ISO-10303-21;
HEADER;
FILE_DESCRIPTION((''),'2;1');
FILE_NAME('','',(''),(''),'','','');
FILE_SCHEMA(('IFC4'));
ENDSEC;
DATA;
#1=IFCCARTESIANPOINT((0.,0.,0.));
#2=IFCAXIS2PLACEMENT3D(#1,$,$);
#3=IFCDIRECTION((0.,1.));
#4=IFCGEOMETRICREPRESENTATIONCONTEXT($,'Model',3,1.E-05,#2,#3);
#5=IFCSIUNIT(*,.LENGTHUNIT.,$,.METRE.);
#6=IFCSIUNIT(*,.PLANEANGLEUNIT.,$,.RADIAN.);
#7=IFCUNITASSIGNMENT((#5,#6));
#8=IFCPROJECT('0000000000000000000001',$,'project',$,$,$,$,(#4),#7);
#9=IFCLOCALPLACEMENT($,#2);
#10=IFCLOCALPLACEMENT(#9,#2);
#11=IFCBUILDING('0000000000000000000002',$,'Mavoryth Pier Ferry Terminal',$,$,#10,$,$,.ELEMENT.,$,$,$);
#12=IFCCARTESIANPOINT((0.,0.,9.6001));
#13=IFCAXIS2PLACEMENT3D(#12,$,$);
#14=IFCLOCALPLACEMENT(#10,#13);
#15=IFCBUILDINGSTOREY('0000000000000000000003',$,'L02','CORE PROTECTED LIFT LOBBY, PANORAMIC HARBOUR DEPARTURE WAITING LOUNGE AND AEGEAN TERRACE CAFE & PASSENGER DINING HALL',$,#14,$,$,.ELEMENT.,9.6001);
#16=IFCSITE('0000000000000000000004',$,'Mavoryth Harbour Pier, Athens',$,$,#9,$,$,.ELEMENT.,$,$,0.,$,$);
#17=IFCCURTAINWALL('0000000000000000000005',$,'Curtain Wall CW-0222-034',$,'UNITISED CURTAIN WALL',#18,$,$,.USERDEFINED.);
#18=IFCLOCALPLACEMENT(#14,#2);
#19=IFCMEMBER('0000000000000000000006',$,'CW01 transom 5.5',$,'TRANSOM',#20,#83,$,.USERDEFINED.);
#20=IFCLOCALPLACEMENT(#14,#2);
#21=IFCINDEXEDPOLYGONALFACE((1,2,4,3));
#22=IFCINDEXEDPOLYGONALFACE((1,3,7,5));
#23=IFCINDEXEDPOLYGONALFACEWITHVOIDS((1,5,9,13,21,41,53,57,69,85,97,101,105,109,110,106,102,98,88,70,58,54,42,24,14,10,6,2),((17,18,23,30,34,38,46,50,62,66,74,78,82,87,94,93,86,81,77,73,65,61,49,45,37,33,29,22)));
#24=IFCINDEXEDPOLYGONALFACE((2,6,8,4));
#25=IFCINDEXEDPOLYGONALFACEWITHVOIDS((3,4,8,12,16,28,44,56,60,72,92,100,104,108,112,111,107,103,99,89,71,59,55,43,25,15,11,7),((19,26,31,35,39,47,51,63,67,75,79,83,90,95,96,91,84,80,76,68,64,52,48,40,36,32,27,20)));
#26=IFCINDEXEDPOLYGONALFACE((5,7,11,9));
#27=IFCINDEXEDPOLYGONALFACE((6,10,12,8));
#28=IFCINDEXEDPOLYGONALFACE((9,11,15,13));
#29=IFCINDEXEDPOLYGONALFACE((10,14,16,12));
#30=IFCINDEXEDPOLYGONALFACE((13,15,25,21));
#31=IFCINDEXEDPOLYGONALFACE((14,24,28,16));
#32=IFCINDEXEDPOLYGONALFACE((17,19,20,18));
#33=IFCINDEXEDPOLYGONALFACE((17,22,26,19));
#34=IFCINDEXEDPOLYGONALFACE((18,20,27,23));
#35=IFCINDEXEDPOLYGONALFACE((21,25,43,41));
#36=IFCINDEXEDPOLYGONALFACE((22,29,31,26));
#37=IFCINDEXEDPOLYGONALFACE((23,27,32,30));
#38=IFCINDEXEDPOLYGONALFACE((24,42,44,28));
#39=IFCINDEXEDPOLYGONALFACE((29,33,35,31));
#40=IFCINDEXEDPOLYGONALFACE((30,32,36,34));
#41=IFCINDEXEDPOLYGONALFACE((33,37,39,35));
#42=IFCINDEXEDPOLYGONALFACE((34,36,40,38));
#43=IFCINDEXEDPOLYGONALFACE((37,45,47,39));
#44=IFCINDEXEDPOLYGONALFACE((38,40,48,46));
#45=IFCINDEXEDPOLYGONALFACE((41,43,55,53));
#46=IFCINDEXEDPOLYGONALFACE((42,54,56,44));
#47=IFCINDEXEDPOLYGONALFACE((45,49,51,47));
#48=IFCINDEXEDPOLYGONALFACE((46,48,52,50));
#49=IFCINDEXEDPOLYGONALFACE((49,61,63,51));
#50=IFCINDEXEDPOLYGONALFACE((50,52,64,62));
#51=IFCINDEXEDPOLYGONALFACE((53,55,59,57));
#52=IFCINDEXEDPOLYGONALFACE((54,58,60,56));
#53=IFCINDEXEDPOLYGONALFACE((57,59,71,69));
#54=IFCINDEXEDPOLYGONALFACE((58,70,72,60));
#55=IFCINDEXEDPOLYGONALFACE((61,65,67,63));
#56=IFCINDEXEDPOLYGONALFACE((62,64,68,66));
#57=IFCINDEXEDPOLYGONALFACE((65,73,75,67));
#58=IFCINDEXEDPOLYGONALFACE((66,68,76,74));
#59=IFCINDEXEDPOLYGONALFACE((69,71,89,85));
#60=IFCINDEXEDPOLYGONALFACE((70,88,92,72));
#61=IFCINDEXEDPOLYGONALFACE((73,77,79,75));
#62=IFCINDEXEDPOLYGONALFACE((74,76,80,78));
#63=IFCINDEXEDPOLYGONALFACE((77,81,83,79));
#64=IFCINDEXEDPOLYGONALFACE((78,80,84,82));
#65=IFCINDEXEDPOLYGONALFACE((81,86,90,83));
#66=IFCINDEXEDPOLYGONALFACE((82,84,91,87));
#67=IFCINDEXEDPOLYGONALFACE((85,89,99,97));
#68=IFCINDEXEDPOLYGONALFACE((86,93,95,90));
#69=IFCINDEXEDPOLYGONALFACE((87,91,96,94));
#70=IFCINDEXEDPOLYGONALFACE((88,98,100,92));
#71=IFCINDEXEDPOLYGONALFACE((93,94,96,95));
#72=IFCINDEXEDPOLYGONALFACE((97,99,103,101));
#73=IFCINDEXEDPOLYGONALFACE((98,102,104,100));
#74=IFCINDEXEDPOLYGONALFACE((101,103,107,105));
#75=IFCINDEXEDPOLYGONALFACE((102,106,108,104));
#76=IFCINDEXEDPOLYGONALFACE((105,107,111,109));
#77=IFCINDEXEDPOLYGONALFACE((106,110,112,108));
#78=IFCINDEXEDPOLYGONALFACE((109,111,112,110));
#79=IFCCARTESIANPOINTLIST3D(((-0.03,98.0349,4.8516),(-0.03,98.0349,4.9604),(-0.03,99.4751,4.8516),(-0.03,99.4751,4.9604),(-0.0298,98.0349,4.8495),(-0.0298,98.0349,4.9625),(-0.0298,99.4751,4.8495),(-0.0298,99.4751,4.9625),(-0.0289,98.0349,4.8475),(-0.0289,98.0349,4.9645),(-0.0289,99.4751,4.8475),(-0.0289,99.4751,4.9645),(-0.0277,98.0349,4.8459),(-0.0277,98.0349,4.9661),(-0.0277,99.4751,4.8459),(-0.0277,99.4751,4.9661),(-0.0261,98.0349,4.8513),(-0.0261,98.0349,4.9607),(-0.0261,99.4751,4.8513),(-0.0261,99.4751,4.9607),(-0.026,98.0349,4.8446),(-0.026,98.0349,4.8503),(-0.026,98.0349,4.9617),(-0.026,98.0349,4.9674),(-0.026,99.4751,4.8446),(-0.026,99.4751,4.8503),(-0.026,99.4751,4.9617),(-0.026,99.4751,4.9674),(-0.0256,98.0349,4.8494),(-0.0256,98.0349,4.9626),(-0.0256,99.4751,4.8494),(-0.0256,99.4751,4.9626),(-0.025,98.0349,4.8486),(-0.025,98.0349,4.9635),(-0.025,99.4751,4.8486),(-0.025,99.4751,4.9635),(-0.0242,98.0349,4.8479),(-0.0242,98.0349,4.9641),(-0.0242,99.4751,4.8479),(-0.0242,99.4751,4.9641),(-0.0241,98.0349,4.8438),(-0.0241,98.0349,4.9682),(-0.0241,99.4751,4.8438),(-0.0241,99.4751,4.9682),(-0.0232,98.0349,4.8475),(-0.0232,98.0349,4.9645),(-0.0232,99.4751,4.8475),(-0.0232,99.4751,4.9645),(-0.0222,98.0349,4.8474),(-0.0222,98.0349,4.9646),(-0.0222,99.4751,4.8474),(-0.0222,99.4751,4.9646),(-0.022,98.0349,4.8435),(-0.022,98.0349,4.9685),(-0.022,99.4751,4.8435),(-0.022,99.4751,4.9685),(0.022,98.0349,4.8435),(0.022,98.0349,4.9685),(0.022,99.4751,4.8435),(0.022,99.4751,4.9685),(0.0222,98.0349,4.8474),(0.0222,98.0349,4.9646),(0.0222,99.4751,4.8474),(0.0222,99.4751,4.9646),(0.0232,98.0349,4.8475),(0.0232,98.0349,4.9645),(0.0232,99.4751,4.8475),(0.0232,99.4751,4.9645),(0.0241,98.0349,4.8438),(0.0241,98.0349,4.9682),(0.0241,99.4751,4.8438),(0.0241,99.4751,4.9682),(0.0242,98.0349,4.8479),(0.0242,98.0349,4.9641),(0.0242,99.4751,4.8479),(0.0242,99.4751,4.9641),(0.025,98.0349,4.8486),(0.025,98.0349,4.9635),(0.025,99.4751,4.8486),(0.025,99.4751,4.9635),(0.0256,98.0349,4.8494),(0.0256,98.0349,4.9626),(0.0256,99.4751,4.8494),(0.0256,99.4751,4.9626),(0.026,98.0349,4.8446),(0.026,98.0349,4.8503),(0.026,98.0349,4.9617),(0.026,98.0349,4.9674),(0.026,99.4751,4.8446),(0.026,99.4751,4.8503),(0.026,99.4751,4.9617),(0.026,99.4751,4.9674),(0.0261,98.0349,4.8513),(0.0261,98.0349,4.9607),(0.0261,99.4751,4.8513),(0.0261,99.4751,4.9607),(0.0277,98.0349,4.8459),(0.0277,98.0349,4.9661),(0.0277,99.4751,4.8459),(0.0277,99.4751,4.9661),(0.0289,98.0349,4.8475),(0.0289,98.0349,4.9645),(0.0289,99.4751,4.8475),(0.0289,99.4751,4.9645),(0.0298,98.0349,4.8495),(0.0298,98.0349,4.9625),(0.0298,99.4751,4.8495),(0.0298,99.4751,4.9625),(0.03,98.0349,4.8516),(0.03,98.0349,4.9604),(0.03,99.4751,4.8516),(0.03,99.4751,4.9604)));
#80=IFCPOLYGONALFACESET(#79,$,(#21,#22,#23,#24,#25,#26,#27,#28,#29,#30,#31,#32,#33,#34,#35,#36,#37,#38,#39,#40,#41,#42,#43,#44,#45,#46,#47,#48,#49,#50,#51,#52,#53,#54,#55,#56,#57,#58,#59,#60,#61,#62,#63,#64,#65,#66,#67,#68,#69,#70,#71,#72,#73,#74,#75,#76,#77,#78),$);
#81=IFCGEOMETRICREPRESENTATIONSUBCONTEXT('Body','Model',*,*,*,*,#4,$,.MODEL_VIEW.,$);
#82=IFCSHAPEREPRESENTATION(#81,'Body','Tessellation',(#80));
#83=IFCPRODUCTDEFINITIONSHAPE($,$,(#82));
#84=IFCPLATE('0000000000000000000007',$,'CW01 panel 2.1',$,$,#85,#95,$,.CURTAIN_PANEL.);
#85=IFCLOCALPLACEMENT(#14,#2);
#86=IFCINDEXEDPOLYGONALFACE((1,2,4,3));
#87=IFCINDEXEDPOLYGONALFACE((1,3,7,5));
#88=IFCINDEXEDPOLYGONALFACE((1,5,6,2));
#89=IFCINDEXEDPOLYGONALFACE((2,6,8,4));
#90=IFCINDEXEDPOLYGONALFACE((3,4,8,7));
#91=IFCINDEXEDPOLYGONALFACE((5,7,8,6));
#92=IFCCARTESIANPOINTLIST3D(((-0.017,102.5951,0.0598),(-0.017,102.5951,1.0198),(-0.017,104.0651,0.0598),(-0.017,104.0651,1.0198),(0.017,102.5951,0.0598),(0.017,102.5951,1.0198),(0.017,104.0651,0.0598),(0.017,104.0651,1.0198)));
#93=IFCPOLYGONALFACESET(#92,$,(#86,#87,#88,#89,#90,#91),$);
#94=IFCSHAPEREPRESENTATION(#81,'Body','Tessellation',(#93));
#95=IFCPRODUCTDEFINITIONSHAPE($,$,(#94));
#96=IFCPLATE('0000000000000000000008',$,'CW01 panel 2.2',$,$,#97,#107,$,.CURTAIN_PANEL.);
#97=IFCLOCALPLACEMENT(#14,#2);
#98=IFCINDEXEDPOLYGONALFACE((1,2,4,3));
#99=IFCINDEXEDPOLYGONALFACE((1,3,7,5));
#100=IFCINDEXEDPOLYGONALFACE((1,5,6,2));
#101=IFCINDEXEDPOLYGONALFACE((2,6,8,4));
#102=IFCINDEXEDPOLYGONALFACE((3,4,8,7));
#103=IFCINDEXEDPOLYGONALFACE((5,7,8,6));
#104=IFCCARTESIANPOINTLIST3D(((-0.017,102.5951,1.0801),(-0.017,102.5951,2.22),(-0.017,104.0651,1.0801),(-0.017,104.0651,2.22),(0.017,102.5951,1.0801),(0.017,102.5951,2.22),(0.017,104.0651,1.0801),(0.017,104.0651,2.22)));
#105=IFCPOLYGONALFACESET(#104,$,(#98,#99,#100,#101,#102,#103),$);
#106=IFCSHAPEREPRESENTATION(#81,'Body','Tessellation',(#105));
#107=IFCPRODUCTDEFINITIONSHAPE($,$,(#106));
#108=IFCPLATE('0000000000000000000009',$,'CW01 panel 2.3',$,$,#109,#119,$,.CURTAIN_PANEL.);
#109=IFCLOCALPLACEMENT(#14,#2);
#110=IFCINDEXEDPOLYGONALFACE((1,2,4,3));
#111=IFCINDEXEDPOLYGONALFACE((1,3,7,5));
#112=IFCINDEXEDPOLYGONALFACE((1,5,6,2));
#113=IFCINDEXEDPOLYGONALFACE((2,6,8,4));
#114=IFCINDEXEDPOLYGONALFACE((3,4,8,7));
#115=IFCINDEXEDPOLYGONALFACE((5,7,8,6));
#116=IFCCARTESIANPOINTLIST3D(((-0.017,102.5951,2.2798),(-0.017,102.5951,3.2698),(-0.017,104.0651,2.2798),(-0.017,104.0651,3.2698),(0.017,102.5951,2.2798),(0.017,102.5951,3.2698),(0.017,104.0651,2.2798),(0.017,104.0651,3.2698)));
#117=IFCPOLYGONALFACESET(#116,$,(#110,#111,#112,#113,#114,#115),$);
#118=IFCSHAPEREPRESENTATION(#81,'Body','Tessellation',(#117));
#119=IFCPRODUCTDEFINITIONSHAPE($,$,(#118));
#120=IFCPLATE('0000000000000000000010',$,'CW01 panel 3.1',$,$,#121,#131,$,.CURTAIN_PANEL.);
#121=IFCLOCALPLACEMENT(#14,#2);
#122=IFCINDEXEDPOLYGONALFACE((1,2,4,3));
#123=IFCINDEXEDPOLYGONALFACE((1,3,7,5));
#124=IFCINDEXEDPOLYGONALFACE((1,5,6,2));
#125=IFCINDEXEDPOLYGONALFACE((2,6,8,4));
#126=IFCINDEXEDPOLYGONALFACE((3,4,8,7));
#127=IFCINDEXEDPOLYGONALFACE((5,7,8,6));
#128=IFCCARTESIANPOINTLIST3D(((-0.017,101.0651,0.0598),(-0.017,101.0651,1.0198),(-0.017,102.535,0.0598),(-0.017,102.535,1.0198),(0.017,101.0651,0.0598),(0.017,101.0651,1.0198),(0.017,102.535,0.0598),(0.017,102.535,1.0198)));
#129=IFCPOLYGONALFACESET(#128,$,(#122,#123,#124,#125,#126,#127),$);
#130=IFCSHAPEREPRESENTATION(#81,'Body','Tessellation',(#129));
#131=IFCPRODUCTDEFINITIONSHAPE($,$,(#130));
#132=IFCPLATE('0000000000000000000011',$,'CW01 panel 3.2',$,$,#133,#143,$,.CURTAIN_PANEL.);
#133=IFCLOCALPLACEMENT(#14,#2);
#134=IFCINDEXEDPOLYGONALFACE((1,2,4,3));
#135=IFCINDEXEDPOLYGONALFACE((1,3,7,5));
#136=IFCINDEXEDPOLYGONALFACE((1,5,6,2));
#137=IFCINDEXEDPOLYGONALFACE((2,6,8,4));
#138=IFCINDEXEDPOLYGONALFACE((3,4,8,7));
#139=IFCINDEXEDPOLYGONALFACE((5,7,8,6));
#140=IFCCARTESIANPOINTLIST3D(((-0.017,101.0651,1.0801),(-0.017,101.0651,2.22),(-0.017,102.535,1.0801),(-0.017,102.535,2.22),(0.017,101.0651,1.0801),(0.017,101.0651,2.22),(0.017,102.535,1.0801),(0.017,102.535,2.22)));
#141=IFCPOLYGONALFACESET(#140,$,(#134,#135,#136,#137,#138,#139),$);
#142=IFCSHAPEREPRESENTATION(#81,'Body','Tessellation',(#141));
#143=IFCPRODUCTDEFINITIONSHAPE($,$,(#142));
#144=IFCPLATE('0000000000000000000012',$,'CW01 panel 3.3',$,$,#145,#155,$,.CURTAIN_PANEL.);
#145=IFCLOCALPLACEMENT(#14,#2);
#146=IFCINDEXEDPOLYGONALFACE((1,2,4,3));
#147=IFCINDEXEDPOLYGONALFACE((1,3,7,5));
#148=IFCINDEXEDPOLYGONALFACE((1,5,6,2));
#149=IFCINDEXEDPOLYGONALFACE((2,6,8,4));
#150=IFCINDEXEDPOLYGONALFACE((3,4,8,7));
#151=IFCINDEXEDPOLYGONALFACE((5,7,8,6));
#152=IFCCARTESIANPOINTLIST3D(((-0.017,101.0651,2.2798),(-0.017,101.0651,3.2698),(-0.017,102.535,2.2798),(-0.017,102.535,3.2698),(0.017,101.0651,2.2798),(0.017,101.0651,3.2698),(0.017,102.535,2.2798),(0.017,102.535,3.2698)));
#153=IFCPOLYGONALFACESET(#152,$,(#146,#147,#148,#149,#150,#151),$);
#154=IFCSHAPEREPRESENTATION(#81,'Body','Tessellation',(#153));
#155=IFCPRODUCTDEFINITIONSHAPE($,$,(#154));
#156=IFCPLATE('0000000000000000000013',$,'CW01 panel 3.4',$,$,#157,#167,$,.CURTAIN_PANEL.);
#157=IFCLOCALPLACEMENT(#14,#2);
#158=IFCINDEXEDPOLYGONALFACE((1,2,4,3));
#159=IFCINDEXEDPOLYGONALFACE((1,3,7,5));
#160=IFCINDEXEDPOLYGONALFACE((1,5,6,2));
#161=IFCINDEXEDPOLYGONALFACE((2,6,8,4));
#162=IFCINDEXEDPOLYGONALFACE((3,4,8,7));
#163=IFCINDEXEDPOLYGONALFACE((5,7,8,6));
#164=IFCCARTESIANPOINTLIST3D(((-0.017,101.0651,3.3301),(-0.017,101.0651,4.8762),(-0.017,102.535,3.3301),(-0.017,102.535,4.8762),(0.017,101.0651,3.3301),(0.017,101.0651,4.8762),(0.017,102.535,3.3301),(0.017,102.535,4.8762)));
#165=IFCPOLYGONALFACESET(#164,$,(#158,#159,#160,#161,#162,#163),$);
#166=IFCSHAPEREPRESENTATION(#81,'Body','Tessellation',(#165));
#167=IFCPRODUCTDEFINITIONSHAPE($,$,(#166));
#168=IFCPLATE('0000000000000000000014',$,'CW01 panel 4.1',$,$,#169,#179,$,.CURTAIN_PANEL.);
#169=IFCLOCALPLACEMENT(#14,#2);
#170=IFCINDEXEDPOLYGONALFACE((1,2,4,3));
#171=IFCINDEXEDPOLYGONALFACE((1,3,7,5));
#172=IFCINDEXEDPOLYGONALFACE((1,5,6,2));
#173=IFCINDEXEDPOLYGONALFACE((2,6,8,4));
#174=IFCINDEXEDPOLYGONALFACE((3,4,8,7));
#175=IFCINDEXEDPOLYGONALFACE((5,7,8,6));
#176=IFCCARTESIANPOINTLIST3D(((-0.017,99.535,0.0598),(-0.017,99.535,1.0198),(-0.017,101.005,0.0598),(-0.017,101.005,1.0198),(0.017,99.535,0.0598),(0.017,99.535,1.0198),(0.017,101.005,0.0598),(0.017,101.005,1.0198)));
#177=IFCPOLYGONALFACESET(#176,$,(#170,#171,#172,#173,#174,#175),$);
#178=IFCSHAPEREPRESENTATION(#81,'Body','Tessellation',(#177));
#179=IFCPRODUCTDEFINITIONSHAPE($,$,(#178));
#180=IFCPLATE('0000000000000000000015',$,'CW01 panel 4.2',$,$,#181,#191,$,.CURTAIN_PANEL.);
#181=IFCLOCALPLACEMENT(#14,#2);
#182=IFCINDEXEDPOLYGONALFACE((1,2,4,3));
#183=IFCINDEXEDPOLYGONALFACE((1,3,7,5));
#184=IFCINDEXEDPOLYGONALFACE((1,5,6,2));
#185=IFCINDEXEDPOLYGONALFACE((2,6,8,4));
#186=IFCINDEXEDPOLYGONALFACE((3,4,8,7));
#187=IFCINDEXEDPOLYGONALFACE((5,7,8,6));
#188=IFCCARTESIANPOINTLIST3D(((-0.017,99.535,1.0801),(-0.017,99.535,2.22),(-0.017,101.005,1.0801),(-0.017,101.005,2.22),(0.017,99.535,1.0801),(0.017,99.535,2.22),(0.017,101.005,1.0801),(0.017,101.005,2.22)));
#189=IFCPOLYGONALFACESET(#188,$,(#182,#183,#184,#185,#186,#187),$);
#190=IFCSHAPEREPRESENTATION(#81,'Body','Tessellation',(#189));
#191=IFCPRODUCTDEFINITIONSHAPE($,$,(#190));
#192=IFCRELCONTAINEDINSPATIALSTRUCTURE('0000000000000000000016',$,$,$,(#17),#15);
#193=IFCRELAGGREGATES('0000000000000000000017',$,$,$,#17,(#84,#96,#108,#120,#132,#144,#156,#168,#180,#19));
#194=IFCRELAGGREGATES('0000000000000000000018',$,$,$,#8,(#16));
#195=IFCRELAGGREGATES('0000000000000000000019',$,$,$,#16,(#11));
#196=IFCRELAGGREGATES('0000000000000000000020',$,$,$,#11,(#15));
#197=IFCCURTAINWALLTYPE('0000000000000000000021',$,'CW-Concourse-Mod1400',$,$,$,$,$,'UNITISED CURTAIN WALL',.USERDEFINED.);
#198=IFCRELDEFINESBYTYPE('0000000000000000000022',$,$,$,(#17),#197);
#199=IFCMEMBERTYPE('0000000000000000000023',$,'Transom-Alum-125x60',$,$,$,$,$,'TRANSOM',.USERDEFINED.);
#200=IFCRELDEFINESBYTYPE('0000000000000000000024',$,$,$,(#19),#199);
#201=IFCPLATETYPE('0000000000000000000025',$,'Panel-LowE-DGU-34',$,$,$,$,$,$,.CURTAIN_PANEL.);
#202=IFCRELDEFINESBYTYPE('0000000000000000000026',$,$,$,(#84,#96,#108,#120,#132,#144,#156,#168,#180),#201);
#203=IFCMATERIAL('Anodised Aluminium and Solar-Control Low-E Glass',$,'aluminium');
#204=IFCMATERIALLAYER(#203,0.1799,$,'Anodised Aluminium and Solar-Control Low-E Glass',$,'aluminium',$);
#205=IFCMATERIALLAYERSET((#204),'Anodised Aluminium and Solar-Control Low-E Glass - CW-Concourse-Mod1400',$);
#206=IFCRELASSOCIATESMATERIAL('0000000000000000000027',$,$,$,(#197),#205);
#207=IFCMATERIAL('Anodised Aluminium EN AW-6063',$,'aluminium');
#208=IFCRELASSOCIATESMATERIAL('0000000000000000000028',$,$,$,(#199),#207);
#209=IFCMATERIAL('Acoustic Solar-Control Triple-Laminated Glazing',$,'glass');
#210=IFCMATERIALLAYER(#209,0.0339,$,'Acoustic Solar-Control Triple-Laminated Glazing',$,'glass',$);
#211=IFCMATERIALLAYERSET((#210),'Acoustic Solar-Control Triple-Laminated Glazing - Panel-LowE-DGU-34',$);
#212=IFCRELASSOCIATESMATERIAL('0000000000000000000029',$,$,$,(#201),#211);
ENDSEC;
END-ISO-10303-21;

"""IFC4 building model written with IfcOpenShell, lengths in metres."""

from ifc_helpers import new_model, si_unit, direction, frame, origin, origin_2d, place, context, subcontext, project, spatial, rectangle, hollow_rectangle, extrude, material, layer, layer_set, material_profile, profile_set, type_object, element, aggregate, save


model = new_model("IFC4")

# Units and contexts
model_context = context("Model", 3, precision=1e-05, world=origin(), true_north=direction((0.0, 1.0)))
body_context = subcontext(model_context, "Body", "Model", "MODEL_VIEW")
ifc_project = project(units=[si_unit("LENGTHUNIT", "METRE"), si_unit("PLANEANGLEUNIT", "RADIAN")], contexts=[model_context])

# Site, building, storey
site_placement = place(None, origin())
site = spatial("IfcSite", under=ifc_project, at=site_placement, Name="Mavoryth Harbour Pier, Athens", CompositionType="ELEMENT", RefElevation=0.0)
building_placement = place(site_placement, origin())
building = spatial("IfcBuilding", under=site, at=building_placement, Name="Mavoryth Pier Ferry Terminal", CompositionType="ELEMENT")
storey_placement = place(building_placement, frame((0.0, 0.0, 9.6001)))
storey = spatial("IfcBuildingStorey", under=building, at=storey_placement, Name="L02", Description="CORE PROTECTED LIFT LOBBY, PANORAMIC HARBOUR DEPARTURE WAITING LOUNGE AND AEGEAN TERRACE CAFE & PASSENGER DINING HALL", CompositionType="ELEMENT", Elevation=9.6001)

# Curtain wall
ifc_material_1 = material(Name="Anodised Aluminium and Solar-Control Low-E Glass", Category="aluminium")
ifc_layer_1 = layer(ifc_material_1, 0.1799, Name="Anodised Aluminium and Solar-Control Low-E Glass", Category="aluminium")
ifc_layer_set_1 = layer_set([ifc_layer_1], Name="Anodised Aluminium and Solar-Control Low-E Glass - CW-Concourse-Mod1400")
curtain_wall_type = type_object("IfcCurtainWallType", Name="CW-Concourse-Mod1400", ElementType="UNITISED CURTAIN WALL", PredefinedType="USERDEFINED", material=ifc_layer_set_1)
curtain_wall_placement = place(storey_placement, origin())
curtain_wall = element("IfcCurtainWall", 1, at=curtain_wall_placement, inside=storey, type_object=curtain_wall_type, Name="Curtain Wall CW-0222-034", ObjectType="UNITISED CURTAIN WALL", PredefinedType="USERDEFINED")
ifc_material_2 = material(Name="Anodised Aluminium EN AW-6063", Category="aluminium")

# Member
ifc_material_profile_1 = material_profile(ifc_material_2, hollow_rectangle(XDim=0.0601, YDim=0.125, WallThickness=0.0039, InnerFilletRadius=0.0039, OuterFilletRadius=0.0081, at=origin_2d()), Name="AL-TRAN 125x60x4", Category="aluminium")
ifc_profile_set_1 = profile_set([ifc_material_profile_1], Name="Anodised Aluminium EN AW-6063 - AL-TRAN 125x60x4")
member_type_1 = type_object("IfcMemberType", Name="Transom-Alum-125x60", ElementType="TRANSOM", PredefinedType="USERDEFINED", material=ifc_profile_set_1)
member_1_placement = place(storey_placement, frame((0.0, 99.4751, 4.906), z_axis=(0.0, -1.0, 0.0), x_axis=(1.0, 0.0, 0.0)))
member_1 = element("IfcMember", 2, at=member_1_placement, type_object=member_type_1, Name="CW01 transom 5.5", ObjectType="TRANSOM", PredefinedType="USERDEFINED", context=body_context, shape_type="SweptSolid", body=[
    extrude(hollow_rectangle(XDim=0.0601, YDim=0.125, WallThickness=0.0039, InnerFilletRadius=0.0039, OuterFilletRadius=0.0081, at=origin_2d()), origin(), (0.0, 0.0, 1.0), 1.4402),
])

# Plates
ifc_material_3 = material(Name="Acoustic Solar-Control Triple-Laminated Glazing", Category="glass")
ifc_layer_2 = layer(ifc_material_3, 0.0339, Name="Acoustic Solar-Control Triple-Laminated Glazing", Category="glass")
ifc_layer_set_2 = layer_set([ifc_layer_2], Name="Acoustic Solar-Control Triple-Laminated Glazing - Panel-LowE-DGU-34")
plate_type = type_object("IfcPlateType", Name="Panel-LowE-DGU-34", PredefinedType="CURTAIN_PANEL", material=ifc_layer_set_2)
plate_1_placement = place(storey_placement, frame((0.0, 103.3301, 0.0598), z_axis=(0.0, 0.0, 1.0), x_axis=(0.0, -1.0, 0.0)))
plate_1 = element("IfcPlate", 3, at=plate_1_placement, type_object=plate_type, Name="CW01 panel 2.1", PredefinedType="CURTAIN_PANEL", context=body_context, shape_type="SweptSolid", body=[
    extrude(rectangle(XDim=1.47, YDim=0.0339, at=origin_2d()), origin(), (0.0, 0.0, 1.0), 0.96),
])
plate_2_placement = place(storey_placement, frame((0.0, 103.3301, 1.0801), z_axis=(0.0, 0.0, 1.0), x_axis=(0.0, -1.0, 0.0)))
plate_2 = element("IfcPlate", 4, at=plate_2_placement, type_object=plate_type, Name="CW01 panel 2.2", PredefinedType="CURTAIN_PANEL", context=body_context, shape_type="SweptSolid", body=[
    extrude(rectangle(XDim=1.47, YDim=0.0339, at=origin_2d()), origin(), (0.0, 0.0, 1.0), 1.1399),
])
plate_3_placement = place(storey_placement, frame((0.0, 103.3301, 2.2798), z_axis=(0.0, 0.0, 1.0), x_axis=(0.0, -1.0, 0.0)))
plate_3 = element("IfcPlate", 5, at=plate_3_placement, type_object=plate_type, Name="CW01 panel 2.3", PredefinedType="CURTAIN_PANEL", context=body_context, shape_type="SweptSolid", body=[
    extrude(rectangle(XDim=1.47, YDim=0.0339, at=origin_2d()), origin(), (0.0, 0.0, 1.0), 0.99),
])
plate_4_placement = place(storey_placement, frame((0.0, 101.8, 0.0598), z_axis=(0.0, 0.0, 1.0), x_axis=(0.0, -1.0, 0.0)))
plate_4 = element("IfcPlate", 6, at=plate_4_placement, type_object=plate_type, Name="CW01 panel 3.1", PredefinedType="CURTAIN_PANEL", context=body_context, shape_type="SweptSolid", body=[
    extrude(rectangle(XDim=1.47, YDim=0.0339, at=origin_2d()), origin(), (0.0, 0.0, 1.0), 0.96),
])
plate_5_placement = place(storey_placement, frame((0.0, 101.8, 1.0801), z_axis=(0.0, 0.0, 1.0), x_axis=(0.0, -1.0, 0.0)))
plate_5 = element("IfcPlate", 7, at=plate_5_placement, type_object=plate_type, Name="CW01 panel 3.2", PredefinedType="CURTAIN_PANEL", context=body_context, shape_type="SweptSolid", body=[
    extrude(rectangle(XDim=1.47, YDim=0.0339, at=origin_2d()), origin(), (0.0, 0.0, 1.0), 1.1399),
])
plate_6_placement = place(storey_placement, frame((0.0, 101.8, 2.2798), z_axis=(0.0, 0.0, 1.0), x_axis=(0.0, -1.0, 0.0)))
plate_6 = element("IfcPlate", 8, at=plate_6_placement, type_object=plate_type, Name="CW01 panel 3.3", PredefinedType="CURTAIN_PANEL", context=body_context, shape_type="SweptSolid", body=[
    extrude(rectangle(XDim=1.47, YDim=0.0339, at=origin_2d()), origin(), (0.0, 0.0, 1.0), 0.99),
])
plate_7_placement = place(storey_placement, frame((0.0, 101.8, 3.3301), z_axis=(0.0, 0.0, 1.0), x_axis=(0.0, -1.0, 0.0)))
plate_7 = element("IfcPlate", 9, at=plate_7_placement, type_object=plate_type, Name="CW01 panel 3.4", PredefinedType="CURTAIN_PANEL", context=body_context, shape_type="SweptSolid", body=[
    extrude(rectangle(XDim=1.47, YDim=0.0339, at=origin_2d()), origin(), (0.0, 0.0, 1.0), 1.5461),
])
plate_8_placement = place(storey_placement, frame((0.0, 100.27, 0.0598), z_axis=(0.0, 0.0, 1.0), x_axis=(0.0, -1.0, 0.0)))
plate_8 = element("IfcPlate", 10, at=plate_8_placement, type_object=plate_type, Name="CW01 panel 4.1", PredefinedType="CURTAIN_PANEL", context=body_context, shape_type="SweptSolid", body=[
    extrude(rectangle(XDim=1.47, YDim=0.0339, at=origin_2d()), origin(), (0.0, 0.0, 1.0), 0.96),
])
plate_9_placement = place(storey_placement, frame((0.0, 100.27, 1.0801), z_axis=(0.0, 0.0, 1.0), x_axis=(0.0, -1.0, 0.0)))
plate_9 = element("IfcPlate", 11, at=plate_9_placement, type_object=plate_type, Name="CW01 panel 4.2", PredefinedType="CURTAIN_PANEL", context=body_context, shape_type="SweptSolid", body=[
    extrude(rectangle(XDim=1.47, YDim=0.0339, at=origin_2d()), origin(), (0.0, 0.0, 1.0), 1.1399),
])
aggregate(curtain_wall, [plate_1, plate_2, plate_3, plate_4, plate_5, plate_6, plate_7, plate_8, plate_9, member_1])

save(model, "model.ifc")
